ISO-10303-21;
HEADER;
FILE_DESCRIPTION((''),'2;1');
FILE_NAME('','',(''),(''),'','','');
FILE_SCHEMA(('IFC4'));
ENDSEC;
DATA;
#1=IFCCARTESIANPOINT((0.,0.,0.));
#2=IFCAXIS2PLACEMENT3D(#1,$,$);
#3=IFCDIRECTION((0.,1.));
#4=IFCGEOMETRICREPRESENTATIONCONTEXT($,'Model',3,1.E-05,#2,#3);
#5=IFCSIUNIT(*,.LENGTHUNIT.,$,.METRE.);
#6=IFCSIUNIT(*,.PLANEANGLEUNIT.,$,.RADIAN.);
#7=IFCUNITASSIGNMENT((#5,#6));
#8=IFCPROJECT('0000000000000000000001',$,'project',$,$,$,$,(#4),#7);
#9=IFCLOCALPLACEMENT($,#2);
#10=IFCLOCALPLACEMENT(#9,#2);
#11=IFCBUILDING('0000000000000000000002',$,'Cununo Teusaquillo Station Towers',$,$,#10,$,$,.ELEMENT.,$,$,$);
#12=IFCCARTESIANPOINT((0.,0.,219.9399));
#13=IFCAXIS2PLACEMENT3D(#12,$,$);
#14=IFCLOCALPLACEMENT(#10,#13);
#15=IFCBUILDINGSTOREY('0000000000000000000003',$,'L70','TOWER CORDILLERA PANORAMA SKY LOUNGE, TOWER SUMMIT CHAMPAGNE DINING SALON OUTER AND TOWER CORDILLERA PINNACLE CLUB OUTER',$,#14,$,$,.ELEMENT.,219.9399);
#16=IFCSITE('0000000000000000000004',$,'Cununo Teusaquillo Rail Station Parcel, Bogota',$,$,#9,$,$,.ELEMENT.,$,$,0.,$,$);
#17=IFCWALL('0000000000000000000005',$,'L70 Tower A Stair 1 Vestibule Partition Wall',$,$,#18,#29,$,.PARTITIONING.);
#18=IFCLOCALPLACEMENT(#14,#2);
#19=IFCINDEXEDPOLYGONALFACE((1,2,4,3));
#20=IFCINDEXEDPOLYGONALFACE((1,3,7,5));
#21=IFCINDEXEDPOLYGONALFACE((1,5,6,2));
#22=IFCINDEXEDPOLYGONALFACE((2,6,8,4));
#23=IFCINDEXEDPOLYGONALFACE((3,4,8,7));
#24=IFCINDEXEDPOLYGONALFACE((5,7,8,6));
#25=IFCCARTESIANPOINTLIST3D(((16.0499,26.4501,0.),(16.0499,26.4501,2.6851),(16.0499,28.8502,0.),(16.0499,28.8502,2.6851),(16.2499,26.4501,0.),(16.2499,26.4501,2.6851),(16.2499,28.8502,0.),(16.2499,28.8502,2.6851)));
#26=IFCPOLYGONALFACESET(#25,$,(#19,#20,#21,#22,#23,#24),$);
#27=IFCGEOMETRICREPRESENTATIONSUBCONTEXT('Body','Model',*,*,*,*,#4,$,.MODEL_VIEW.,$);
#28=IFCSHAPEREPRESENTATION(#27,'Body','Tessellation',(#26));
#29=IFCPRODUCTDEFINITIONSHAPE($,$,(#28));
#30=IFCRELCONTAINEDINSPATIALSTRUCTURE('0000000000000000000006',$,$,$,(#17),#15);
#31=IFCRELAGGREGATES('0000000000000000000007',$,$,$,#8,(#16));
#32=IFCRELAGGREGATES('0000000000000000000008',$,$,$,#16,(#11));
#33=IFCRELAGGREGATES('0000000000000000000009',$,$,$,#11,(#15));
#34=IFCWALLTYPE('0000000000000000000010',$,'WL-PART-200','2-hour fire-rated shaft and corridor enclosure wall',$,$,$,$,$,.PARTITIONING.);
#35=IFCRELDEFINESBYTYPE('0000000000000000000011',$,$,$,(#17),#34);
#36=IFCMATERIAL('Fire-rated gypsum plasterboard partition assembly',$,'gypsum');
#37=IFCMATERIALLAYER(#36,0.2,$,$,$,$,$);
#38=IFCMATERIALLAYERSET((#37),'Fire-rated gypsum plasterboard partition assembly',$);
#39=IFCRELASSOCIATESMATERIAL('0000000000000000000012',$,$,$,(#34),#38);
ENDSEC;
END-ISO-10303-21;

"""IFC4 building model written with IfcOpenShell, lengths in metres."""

from ifc_helpers import new_model, si_unit, direction, frame, frame_2d, origin, place, context, subcontext, project, spatial, rectangle, extrude, material, layer, layer_set, type_object, element, save


model = new_model("IFC4")

# Units and contexts
model_context = context("Model", 3, precision=1e-05, world=origin(), true_north=direction((0.0, 1.0)))
body_context = subcontext(model_context, "Body", "Model", "MODEL_VIEW")
ifc_project = project(units=[si_unit("LENGTHUNIT", "METRE"), si_unit("PLANEANGLEUNIT", "RADIAN")], contexts=[model_context])

# Site, building, storey
site_placement = place(None, origin())
site = spatial("IfcSite", under=ifc_project, at=site_placement, Name="Cununo Teusaquillo Rail Station Parcel, Bogota", CompositionType="ELEMENT", RefElevation=0.0)
building_placement = place(site_placement, origin())
building = spatial("IfcBuilding", under=site, at=building_placement, Name="Cununo Teusaquillo Station Towers", CompositionType="ELEMENT")
storey_placement = place(building_placement, frame((0.0, 0.0, 219.9399)))
storey = spatial("IfcBuildingStorey", under=building, at=storey_placement, Name="L70", Description="TOWER CORDILLERA PANORAMA SKY LOUNGE, TOWER SUMMIT CHAMPAGNE DINING SALON OUTER AND TOWER CORDILLERA PINNACLE CLUB OUTER", CompositionType="ELEMENT", Elevation=219.9399)

# Wall
ifc_material_1 = material(Name="Fire-rated gypsum plasterboard partition assembly", Category="gypsum")
ifc_layer_1 = layer(ifc_material_1, 0.2)
ifc_layer_set_1 = layer_set([ifc_layer_1], Name="Fire-rated gypsum plasterboard partition assembly")
wall_type_1 = type_object("IfcWallType", Name="WL-PART-200", Description="2-hour fire-rated shaft and corridor enclosure wall", PredefinedType="PARTITIONING", material=ifc_layer_set_1)
wall_1_placement = place(storey_placement, frame((16.1499, 26.45, 0.0), z_axis=(0.0, 0.0, 1.0), x_axis=(0.0, 1.0, 0.0)))
element("IfcWall", 1, at=wall_1_placement, inside=storey, type_object=wall_type_1, Name="L70 Tower A Stair 1 Vestibule Partition Wall", PredefinedType="PARTITIONING", context=body_context, shape_type="SweptSolid", body=[
    extrude(rectangle(XDim=2.4001, YDim=0.2, at=frame_2d((1.2002, 0.0))), origin(), (0.0, 0.0, 1.0), 2.6851),
])

save(model, "model.ifc")
